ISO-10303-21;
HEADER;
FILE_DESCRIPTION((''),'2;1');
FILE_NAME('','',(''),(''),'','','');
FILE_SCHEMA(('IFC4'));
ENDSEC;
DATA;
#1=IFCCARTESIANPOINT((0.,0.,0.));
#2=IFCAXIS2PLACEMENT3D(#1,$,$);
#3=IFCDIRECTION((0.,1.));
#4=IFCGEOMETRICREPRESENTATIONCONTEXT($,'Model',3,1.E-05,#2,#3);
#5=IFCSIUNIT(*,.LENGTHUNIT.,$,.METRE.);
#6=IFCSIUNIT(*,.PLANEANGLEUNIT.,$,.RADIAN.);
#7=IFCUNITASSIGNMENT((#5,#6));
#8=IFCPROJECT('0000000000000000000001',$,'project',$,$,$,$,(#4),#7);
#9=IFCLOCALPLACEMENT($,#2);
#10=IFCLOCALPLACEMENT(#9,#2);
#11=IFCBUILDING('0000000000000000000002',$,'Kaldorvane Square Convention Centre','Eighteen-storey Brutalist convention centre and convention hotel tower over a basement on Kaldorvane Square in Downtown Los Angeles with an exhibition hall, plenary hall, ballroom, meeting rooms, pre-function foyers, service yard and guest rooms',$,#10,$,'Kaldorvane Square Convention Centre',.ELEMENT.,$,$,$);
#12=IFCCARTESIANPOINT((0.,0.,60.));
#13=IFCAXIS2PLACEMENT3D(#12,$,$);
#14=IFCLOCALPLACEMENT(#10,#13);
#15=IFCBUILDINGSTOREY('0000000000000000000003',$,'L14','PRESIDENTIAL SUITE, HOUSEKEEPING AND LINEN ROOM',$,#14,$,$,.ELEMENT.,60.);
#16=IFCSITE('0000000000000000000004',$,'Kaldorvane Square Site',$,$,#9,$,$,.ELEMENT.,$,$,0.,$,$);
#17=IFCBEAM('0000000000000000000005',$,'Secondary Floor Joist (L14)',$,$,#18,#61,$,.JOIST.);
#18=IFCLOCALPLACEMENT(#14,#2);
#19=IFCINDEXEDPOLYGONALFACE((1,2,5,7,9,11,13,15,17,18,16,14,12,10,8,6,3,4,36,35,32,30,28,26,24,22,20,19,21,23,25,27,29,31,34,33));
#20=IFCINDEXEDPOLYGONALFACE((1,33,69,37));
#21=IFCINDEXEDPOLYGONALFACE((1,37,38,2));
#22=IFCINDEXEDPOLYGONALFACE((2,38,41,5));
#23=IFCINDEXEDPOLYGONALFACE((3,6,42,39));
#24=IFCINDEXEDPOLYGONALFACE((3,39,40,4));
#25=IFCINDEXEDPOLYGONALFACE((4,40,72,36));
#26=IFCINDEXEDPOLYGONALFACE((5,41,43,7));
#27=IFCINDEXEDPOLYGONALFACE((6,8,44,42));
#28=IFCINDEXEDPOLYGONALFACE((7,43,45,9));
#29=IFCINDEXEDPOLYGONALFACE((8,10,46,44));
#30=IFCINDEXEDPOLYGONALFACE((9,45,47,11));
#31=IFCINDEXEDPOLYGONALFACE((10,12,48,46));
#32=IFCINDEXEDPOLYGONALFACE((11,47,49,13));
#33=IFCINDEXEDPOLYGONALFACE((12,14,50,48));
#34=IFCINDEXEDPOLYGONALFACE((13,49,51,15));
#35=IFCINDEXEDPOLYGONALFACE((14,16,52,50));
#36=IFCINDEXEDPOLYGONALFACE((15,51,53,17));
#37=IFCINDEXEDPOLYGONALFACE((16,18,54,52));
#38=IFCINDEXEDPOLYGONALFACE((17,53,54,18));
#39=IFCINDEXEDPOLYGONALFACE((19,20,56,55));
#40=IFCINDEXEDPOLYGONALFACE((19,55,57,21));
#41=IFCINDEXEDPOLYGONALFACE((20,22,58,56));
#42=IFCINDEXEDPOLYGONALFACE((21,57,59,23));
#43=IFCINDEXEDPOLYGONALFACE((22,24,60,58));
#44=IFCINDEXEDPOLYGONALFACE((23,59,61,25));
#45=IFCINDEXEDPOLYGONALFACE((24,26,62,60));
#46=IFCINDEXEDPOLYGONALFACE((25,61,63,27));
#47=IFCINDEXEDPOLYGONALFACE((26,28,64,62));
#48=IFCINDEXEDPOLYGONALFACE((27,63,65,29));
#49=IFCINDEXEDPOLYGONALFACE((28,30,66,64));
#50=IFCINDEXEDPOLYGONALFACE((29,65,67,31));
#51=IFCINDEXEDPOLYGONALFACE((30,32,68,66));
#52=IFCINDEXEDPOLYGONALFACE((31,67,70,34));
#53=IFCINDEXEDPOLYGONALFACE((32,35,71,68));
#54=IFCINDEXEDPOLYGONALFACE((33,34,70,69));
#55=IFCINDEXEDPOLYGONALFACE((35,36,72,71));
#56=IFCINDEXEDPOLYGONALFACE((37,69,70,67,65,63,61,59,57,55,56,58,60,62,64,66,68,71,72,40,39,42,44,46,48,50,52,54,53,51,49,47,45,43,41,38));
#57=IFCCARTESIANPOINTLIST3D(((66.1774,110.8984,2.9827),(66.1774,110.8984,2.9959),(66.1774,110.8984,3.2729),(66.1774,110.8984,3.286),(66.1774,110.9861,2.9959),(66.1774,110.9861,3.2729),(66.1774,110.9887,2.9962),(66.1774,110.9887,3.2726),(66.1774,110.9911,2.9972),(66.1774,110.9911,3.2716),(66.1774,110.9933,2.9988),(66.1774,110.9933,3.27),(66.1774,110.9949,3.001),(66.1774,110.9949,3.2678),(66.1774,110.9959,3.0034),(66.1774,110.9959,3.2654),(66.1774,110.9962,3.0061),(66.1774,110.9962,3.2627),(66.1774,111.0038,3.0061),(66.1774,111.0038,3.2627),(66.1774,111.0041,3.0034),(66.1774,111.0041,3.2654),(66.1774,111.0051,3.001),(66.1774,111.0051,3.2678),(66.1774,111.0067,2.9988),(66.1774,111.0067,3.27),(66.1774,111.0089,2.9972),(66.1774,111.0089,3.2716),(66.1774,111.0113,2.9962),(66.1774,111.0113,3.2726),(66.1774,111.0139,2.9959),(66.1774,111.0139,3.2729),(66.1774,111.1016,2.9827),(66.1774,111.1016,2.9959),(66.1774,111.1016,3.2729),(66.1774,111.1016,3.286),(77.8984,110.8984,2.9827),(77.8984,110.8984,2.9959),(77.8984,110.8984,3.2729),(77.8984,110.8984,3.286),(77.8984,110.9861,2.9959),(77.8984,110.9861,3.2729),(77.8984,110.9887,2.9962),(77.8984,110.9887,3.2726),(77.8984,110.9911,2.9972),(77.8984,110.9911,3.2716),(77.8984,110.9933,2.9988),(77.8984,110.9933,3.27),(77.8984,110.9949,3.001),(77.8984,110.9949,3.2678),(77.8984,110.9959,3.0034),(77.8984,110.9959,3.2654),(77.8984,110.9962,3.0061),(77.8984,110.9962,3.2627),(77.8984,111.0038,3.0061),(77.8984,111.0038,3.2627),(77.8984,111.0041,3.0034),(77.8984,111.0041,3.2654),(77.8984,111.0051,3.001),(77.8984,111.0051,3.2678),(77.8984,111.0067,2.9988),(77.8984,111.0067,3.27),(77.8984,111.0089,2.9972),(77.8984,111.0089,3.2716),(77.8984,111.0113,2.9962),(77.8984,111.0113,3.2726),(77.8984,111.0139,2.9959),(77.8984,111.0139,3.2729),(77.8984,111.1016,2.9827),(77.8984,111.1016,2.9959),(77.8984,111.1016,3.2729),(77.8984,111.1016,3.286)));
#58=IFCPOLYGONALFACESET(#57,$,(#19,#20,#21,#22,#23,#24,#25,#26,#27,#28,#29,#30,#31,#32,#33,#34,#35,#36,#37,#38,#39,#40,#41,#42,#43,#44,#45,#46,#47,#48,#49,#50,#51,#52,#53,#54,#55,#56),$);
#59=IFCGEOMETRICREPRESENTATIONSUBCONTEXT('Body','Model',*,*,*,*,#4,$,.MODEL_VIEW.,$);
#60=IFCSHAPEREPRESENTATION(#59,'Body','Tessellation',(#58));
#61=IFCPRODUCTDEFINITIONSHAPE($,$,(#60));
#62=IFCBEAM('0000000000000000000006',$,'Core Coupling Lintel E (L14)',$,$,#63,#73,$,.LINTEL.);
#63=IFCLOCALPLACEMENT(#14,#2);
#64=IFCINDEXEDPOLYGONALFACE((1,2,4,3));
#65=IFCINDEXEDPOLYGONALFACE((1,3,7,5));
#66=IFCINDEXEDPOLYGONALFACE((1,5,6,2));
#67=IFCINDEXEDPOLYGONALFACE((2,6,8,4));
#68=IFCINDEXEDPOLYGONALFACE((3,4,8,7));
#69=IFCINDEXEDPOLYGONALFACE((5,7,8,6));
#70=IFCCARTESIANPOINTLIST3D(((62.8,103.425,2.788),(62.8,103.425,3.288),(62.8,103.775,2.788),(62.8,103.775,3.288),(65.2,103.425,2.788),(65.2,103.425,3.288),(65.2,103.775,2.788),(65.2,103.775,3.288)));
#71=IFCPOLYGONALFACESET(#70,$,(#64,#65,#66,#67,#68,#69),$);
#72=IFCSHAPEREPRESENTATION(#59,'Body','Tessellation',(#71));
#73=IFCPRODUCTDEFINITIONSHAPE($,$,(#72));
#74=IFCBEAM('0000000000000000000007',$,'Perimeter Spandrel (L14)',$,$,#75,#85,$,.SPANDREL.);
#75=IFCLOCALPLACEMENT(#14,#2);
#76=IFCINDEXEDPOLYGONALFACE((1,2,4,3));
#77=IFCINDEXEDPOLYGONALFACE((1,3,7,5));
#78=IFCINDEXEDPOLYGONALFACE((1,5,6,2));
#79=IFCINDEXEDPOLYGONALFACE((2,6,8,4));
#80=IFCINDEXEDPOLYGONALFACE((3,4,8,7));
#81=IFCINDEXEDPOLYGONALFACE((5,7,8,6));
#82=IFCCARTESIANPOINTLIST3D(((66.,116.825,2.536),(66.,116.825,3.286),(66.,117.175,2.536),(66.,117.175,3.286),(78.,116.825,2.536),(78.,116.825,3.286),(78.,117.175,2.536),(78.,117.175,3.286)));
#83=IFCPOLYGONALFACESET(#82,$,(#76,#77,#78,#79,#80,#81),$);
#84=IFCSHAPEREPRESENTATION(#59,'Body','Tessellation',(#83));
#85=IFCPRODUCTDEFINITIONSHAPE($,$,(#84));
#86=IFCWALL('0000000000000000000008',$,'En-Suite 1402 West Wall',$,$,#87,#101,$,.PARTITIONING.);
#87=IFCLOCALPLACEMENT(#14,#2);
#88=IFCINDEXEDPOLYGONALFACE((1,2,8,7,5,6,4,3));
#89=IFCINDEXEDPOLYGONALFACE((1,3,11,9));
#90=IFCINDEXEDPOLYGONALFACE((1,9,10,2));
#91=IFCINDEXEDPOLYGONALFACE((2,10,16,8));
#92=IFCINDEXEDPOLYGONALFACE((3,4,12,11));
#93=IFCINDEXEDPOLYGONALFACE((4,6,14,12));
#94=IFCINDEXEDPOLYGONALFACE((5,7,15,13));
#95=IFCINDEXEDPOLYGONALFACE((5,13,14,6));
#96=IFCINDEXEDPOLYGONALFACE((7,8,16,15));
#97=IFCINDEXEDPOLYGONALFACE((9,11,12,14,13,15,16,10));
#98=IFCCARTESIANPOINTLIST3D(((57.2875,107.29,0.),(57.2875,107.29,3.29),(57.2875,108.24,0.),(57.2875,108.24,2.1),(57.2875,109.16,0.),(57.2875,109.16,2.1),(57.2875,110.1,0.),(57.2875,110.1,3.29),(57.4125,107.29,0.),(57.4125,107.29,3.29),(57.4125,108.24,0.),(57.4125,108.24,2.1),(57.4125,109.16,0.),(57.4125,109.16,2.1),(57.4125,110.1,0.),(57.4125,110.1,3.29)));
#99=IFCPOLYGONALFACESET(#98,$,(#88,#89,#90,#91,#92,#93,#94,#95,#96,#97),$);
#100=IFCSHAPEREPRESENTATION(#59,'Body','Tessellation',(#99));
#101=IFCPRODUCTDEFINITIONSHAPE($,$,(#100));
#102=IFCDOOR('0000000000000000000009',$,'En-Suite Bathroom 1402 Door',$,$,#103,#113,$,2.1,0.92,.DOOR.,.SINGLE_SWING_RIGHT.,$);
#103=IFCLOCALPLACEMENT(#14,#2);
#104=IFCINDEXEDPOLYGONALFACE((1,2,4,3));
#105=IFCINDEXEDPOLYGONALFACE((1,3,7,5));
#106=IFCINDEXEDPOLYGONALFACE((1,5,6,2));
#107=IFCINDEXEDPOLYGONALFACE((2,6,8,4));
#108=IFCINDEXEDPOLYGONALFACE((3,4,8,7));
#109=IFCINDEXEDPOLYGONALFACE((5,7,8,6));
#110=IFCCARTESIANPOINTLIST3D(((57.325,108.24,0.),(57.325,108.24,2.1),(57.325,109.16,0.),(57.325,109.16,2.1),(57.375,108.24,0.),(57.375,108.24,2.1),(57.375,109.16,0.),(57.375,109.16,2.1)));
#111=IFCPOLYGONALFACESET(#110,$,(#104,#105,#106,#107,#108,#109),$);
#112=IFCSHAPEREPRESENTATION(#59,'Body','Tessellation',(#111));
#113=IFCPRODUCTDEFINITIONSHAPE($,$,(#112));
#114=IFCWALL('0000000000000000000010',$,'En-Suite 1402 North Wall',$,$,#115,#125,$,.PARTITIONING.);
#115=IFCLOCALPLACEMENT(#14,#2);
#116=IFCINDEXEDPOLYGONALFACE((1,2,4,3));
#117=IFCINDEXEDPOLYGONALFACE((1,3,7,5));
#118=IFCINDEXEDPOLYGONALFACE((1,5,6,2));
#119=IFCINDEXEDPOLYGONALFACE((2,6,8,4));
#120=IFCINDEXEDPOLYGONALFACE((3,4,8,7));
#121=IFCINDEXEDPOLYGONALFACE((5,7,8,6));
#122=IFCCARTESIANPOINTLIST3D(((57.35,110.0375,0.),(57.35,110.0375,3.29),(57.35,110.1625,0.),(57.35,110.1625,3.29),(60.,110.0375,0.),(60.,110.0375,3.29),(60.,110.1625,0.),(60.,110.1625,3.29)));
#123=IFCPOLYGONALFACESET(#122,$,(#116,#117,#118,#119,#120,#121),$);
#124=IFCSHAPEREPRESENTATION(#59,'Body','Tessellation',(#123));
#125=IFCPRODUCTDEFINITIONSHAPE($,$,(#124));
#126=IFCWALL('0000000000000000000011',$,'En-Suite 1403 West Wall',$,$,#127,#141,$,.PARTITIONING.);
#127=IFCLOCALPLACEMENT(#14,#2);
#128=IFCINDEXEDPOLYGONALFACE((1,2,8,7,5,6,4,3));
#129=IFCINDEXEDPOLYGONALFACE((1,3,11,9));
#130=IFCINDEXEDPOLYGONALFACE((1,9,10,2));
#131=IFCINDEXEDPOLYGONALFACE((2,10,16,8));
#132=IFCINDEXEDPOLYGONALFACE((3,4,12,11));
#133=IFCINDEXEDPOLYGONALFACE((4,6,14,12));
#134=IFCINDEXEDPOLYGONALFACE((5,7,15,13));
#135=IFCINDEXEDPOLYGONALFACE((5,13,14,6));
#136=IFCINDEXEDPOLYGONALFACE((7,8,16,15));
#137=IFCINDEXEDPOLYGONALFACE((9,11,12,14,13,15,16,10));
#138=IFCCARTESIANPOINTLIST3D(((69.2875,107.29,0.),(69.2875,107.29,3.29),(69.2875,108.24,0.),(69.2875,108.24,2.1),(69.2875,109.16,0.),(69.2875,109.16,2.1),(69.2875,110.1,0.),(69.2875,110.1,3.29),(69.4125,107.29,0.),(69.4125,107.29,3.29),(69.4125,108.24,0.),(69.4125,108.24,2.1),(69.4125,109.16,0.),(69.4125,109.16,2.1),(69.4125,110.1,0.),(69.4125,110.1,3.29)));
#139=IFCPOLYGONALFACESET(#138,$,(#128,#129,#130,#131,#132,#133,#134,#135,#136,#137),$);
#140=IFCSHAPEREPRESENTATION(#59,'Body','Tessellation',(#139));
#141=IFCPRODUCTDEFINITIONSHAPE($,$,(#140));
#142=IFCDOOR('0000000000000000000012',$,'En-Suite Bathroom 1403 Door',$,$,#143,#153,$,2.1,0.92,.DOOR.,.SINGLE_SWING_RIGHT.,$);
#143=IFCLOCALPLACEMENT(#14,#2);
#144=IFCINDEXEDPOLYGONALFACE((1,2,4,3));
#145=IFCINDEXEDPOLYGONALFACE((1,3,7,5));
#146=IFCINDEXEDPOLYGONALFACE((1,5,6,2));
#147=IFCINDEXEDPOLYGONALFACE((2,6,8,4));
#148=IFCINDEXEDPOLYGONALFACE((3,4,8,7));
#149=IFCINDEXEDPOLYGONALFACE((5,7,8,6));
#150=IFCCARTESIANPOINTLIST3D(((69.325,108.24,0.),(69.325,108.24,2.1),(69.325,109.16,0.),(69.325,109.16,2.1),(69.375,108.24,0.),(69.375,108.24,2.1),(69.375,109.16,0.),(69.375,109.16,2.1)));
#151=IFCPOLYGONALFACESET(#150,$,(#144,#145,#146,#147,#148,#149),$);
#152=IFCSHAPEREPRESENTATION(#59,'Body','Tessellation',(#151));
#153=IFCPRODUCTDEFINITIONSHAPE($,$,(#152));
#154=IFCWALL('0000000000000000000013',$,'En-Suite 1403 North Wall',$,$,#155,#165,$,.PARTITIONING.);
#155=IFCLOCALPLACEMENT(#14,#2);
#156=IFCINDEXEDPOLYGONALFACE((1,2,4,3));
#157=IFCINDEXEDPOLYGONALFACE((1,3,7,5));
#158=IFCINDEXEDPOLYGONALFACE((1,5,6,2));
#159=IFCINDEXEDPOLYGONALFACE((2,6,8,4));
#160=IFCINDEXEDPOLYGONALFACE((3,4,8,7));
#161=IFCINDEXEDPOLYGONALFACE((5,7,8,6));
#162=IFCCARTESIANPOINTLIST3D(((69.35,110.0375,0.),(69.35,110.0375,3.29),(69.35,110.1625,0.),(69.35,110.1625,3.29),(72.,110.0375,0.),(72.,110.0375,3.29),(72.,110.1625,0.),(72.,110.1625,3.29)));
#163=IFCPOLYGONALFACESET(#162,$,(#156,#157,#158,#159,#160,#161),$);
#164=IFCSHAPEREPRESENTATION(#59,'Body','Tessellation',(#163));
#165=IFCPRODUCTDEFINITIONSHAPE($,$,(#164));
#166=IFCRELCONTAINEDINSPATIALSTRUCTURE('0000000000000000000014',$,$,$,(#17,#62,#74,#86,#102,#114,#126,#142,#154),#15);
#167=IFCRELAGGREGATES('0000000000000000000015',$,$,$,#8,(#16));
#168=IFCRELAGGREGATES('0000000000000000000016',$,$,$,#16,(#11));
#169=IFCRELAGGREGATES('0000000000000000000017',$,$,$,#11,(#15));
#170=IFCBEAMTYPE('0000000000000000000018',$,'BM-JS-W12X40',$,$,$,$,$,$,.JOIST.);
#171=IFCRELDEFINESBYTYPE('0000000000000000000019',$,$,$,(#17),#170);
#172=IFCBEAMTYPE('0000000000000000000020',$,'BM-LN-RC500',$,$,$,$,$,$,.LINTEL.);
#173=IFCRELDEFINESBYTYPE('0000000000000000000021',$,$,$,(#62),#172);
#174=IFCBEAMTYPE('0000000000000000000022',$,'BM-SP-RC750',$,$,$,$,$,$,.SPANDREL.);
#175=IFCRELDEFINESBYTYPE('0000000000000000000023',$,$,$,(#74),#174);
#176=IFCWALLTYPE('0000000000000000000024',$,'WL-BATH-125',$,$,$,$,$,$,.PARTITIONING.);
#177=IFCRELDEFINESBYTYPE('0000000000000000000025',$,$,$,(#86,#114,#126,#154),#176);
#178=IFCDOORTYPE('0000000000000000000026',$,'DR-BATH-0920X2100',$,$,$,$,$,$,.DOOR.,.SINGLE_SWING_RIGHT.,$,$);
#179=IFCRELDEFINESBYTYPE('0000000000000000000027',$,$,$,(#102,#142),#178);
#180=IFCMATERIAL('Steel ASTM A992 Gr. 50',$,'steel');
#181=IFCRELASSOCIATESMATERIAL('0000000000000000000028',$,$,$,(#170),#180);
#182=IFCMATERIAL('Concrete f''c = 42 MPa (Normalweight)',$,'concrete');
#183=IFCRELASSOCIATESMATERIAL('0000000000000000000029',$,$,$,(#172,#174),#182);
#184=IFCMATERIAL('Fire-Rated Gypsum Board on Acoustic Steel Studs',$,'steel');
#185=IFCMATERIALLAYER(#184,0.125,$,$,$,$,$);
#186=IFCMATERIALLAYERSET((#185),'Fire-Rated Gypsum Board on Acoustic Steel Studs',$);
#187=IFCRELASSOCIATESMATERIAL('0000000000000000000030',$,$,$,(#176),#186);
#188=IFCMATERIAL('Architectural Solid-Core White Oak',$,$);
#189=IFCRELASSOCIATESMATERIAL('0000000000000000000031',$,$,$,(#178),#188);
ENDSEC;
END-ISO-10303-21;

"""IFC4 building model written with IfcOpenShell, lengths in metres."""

from ifc_helpers import new_model, si_unit, direction, frame, frame_2d, origin, origin_2d, place, context, subcontext, project, spatial, rectangle, i_section, extrude, material, layer, layer_set, material_profile, profile_set, type_object, element, fill, save


model = new_model("IFC4")

# Units and contexts
model_context = context("Model", 3, precision=1e-05, world=origin(), true_north=direction((0.0, 1.0)))
body_context = subcontext(model_context, "Body", "Model", "MODEL_VIEW")
ifc_project = project(units=[si_unit("LENGTHUNIT", "METRE"), si_unit("PLANEANGLEUNIT", "RADIAN")], contexts=[model_context])

# Site, building, storey
site_placement = place(None, origin())
site = spatial("IfcSite", under=ifc_project, at=site_placement, Name="Kaldorvane Square Site", CompositionType="ELEMENT", RefElevation=0.0)
building_placement = place(site_placement, origin())
building = spatial("IfcBuilding", under=site, at=building_placement, Name="Kaldorvane Square Convention Centre", Description="Eighteen-storey Brutalist convention centre and convention hotel tower over a basement on Kaldorvane Square in Downtown Los Angeles with an exhibition hall, plenary hall, ballroom, meeting rooms, pre-function foyers, service yard and guest rooms", LongName="Kaldorvane Square Convention Centre", CompositionType="ELEMENT")
storey_placement = place(building_placement, frame((0.0, 0.0, 60.0)))
storey = spatial("IfcBuildingStorey", under=building, at=storey_placement, Name="L14", Description="PRESIDENTIAL SUITE, HOUSEKEEPING AND LINEN ROOM", CompositionType="ELEMENT", Elevation=60.0)

# Shared definitions
ifc_material_1 = material(Name="Concrete f'c = 42 MPa (Normalweight)", Category="concrete")
ifc_material_2 = material(Name="Steel ASTM A992 Gr. 50", Category="steel")

# Beams
ifc_material_profile_1 = material_profile(ifc_material_2, i_section(OverallWidth=0.2033, OverallDepth=0.3033, WebThickness=0.0075, FlangeThickness=0.0131, FilletRadius=0.0102, at=origin_2d()), Name="W12X40")
ifc_profile_set_1 = profile_set([ifc_material_profile_1], Name="Steel ASTM A992 Gr. 50")
beam_type_1 = type_object("IfcBeamType", Name="BM-JS-W12X40", PredefinedType="JOIST", material=ifc_profile_set_1)
beam_1_placement = place(storey_placement, frame((66.1774, 111.0, 3.1344), z_axis=(1.0, 0.0, 0.0), x_axis=(0.0, 1.0, 0.0)))
element("IfcBeam", 1, at=beam_1_placement, inside=storey, type_object=beam_type_1, Name="Secondary Floor Joist (L14)", PredefinedType="JOIST", context=body_context, shape_type="SweptSolid", body=[
    extrude(i_section(OverallWidth=0.2033, OverallDepth=0.3033, WebThickness=0.0075, FlangeThickness=0.0131, FilletRadius=0.0102, at=origin_2d()), origin(), (0.0, 0.0, 1.0), 11.721),
])
ifc_material_profile_2 = material_profile(ifc_material_1, rectangle(XDim=0.35, YDim=0.5, at=origin_2d()), Name="RCLN500X350")
ifc_profile_set_2 = profile_set([ifc_material_profile_2], Name="Concrete f'c = 42 MPa (Normalweight)")
beam_type_2 = type_object("IfcBeamType", Name="BM-LN-RC500", PredefinedType="LINTEL", material=ifc_profile_set_2)
beam_2_placement = place(storey_placement, frame((62.8, 103.6, 3.038), z_axis=(1.0, 0.0, 0.0), x_axis=(0.0, 1.0, 0.0)))
element("IfcBeam", 2, at=beam_2_placement, inside=storey, type_object=beam_type_2, Name="Core Coupling Lintel E (L14)", PredefinedType="LINTEL", context=body_context, shape_type="SweptSolid", body=[
    extrude(rectangle(XDim=0.35, YDim=0.5, at=origin_2d()), origin(), (0.0, 0.0, 1.0), 2.4),
])
ifc_material_profile_3 = material_profile(ifc_material_1, rectangle(XDim=0.35, YDim=0.75, at=origin_2d()), Name="RCSP750X350")
ifc_profile_set_3 = profile_set([ifc_material_profile_3], Name="Concrete f'c = 42 MPa (Normalweight)")
beam_type_3 = type_object("IfcBeamType", Name="BM-SP-RC750", PredefinedType="SPANDREL", material=ifc_profile_set_3)
beam_3_placement = place(storey_placement, frame((66.0, 117.0, 2.911), z_axis=(1.0, 0.0, 0.0), x_axis=(0.0, 1.0, 0.0)))
element("IfcBeam", 3, at=beam_3_placement, inside=storey, type_object=beam_type_3, Name="Perimeter Spandrel (L14)", PredefinedType="SPANDREL", context=body_context, shape_type="SweptSolid", body=[
    extrude(rectangle(XDim=0.35, YDim=0.75, at=origin_2d()), origin(), (0.0, 0.0, 1.0), 12.0),
])

# Wall, opening, door
ifc_material_3 = material(Name="Fire-Rated Gypsum Board on Acoustic Steel Studs", Category="steel")
ifc_layer_1 = layer(ifc_material_3, 0.125)
ifc_layer_set_1 = layer_set([ifc_layer_1], Name="Fire-Rated Gypsum Board on Acoustic Steel Studs")
wall_type_1 = type_object("IfcWallType", Name="WL-BATH-125", PredefinedType="PARTITIONING", material=ifc_layer_set_1)
wall_1_placement = place(storey_placement, frame((57.35, 107.29, 0.0), z_axis=(0.0, 0.0, 1.0), x_axis=(0.0, 1.0, 0.0)))
wall_1 = element("IfcWall", 4, at=wall_1_placement, inside=storey, type_object=wall_type_1, Name="En-Suite 1402 West Wall", PredefinedType="PARTITIONING", context=body_context, shape_type="SweptSolid", body=[
    extrude(rectangle(XDim=2.81, YDim=0.125, at=frame_2d((1.405, 0.0))), origin(), (0.0, 0.0, 1.0), 3.29),
])
opening_1_placement = place(wall_1_placement, frame((0.95, 0.0, 0.0)))
opening_1 = element("IfcOpeningElement", 5, at=opening_1_placement, cuts=wall_1, PredefinedType="OPENING", context=body_context, shape_type="SweptSolid", body=[
    extrude(rectangle(XDim=0.92, YDim=2.1, at=frame_2d((0.46, 1.05))), frame((0.0, 0.0775, 0.0), z_axis=(0.0, -1.0, 0.0), x_axis=(1.0, 0.0, 0.0)), (0.0, 0.0, 1.0), 0.155),
])
ifc_material_4 = material(Name="Architectural Solid-Core White Oak")
door_type_1 = type_object("IfcDoorType", Name="DR-BATH-0920X2100", OperationType="SINGLE_SWING_RIGHT", PredefinedType="DOOR", material=ifc_material_4)
door_1_placement = place(opening_1_placement, origin())
door_1 = element("IfcDoor", 6, at=door_1_placement, inside=storey, type_object=door_type_1, Name="En-Suite Bathroom 1402 Door", OperationType="SINGLE_SWING_RIGHT", OverallHeight=2.1, OverallWidth=0.92, PredefinedType="DOOR", context=body_context, shape_type="SweptSolid", body=[
    extrude(rectangle(XDim=0.92, YDim=2.1, at=frame_2d((0.46, 1.05))), frame((0.0, 0.025, 0.0), z_axis=(0.0, -1.0, 0.0), x_axis=(1.0, 0.0, 0.0)), (0.0, 0.0, 1.0), 0.05),
])
fill(opening_1, door_1)

# Wall
wall_2_placement = place(storey_placement, frame((57.35, 110.1, 0.0), z_axis=(0.0, 0.0, 1.0), x_axis=(1.0, 0.0, 0.0)))
element("IfcWall", 7, at=wall_2_placement, inside=storey, type_object=wall_type_1, Name="En-Suite 1402 North Wall", PredefinedType="PARTITIONING", context=body_context, shape_type="SweptSolid", body=[
    extrude(rectangle(XDim=2.65, YDim=0.125, at=frame_2d((1.325, 0.0))), origin(), (0.0, 0.0, 1.0), 3.29),
])

# Wall, opening, door
wall_3_placement = place(storey_placement, frame((69.35, 107.29, 0.0), z_axis=(0.0, 0.0, 1.0), x_axis=(0.0, 1.0, 0.0)))
wall_3 = element("IfcWall", 8, at=wall_3_placement, inside=storey, type_object=wall_type_1, Name="En-Suite 1403 West Wall", PredefinedType="PARTITIONING", context=body_context, shape_type="SweptSolid", body=[
    extrude(rectangle(XDim=2.81, YDim=0.125, at=frame_2d((1.405, 0.0))), origin(), (0.0, 0.0, 1.0), 3.29),
])
opening_2_placement = place(wall_3_placement, frame((0.95, 0.0, 0.0)))
opening_2 = element("IfcOpeningElement", 9, at=opening_2_placement, cuts=wall_3, PredefinedType="OPENING", context=body_context, shape_type="SweptSolid", body=[
    extrude(rectangle(XDim=0.92, YDim=2.1, at=frame_2d((0.46, 1.05))), frame((0.0, 0.0775, 0.0), z_axis=(0.0, -1.0, 0.0), x_axis=(1.0, 0.0, 0.0)), (0.0, 0.0, 1.0), 0.155),
])
door_2_placement = place(opening_2_placement, origin())
door_2 = element("IfcDoor", 10, at=door_2_placement, inside=storey, type_object=door_type_1, Name="En-Suite Bathroom 1403 Door", OperationType="SINGLE_SWING_RIGHT", OverallHeight=2.1, OverallWidth=0.92, PredefinedType="DOOR", context=body_context, shape_type="SweptSolid", body=[
    extrude(rectangle(XDim=0.92, YDim=2.1, at=frame_2d((0.46, 1.05))), frame((0.0, 0.025, 0.0), z_axis=(0.0, -1.0, 0.0), x_axis=(1.0, 0.0, 0.0)), (0.0, 0.0, 1.0), 0.05),
])
fill(opening_2, door_2)

# Wall
wall_4_placement = place(storey_placement, frame((69.35, 110.1, 0.0), z_axis=(0.0, 0.0, 1.0), x_axis=(1.0, 0.0, 0.0)))
element("IfcWall", 11, at=wall_4_placement, inside=storey, type_object=wall_type_1, Name="En-Suite 1403 North Wall", PredefinedType="PARTITIONING", context=body_context, shape_type="SweptSolid", body=[
    extrude(rectangle(XDim=2.65, YDim=0.125, at=frame_2d((1.325, 0.0))), origin(), (0.0, 0.0, 1.0), 3.29),
])

save(model, "model.ifc")
